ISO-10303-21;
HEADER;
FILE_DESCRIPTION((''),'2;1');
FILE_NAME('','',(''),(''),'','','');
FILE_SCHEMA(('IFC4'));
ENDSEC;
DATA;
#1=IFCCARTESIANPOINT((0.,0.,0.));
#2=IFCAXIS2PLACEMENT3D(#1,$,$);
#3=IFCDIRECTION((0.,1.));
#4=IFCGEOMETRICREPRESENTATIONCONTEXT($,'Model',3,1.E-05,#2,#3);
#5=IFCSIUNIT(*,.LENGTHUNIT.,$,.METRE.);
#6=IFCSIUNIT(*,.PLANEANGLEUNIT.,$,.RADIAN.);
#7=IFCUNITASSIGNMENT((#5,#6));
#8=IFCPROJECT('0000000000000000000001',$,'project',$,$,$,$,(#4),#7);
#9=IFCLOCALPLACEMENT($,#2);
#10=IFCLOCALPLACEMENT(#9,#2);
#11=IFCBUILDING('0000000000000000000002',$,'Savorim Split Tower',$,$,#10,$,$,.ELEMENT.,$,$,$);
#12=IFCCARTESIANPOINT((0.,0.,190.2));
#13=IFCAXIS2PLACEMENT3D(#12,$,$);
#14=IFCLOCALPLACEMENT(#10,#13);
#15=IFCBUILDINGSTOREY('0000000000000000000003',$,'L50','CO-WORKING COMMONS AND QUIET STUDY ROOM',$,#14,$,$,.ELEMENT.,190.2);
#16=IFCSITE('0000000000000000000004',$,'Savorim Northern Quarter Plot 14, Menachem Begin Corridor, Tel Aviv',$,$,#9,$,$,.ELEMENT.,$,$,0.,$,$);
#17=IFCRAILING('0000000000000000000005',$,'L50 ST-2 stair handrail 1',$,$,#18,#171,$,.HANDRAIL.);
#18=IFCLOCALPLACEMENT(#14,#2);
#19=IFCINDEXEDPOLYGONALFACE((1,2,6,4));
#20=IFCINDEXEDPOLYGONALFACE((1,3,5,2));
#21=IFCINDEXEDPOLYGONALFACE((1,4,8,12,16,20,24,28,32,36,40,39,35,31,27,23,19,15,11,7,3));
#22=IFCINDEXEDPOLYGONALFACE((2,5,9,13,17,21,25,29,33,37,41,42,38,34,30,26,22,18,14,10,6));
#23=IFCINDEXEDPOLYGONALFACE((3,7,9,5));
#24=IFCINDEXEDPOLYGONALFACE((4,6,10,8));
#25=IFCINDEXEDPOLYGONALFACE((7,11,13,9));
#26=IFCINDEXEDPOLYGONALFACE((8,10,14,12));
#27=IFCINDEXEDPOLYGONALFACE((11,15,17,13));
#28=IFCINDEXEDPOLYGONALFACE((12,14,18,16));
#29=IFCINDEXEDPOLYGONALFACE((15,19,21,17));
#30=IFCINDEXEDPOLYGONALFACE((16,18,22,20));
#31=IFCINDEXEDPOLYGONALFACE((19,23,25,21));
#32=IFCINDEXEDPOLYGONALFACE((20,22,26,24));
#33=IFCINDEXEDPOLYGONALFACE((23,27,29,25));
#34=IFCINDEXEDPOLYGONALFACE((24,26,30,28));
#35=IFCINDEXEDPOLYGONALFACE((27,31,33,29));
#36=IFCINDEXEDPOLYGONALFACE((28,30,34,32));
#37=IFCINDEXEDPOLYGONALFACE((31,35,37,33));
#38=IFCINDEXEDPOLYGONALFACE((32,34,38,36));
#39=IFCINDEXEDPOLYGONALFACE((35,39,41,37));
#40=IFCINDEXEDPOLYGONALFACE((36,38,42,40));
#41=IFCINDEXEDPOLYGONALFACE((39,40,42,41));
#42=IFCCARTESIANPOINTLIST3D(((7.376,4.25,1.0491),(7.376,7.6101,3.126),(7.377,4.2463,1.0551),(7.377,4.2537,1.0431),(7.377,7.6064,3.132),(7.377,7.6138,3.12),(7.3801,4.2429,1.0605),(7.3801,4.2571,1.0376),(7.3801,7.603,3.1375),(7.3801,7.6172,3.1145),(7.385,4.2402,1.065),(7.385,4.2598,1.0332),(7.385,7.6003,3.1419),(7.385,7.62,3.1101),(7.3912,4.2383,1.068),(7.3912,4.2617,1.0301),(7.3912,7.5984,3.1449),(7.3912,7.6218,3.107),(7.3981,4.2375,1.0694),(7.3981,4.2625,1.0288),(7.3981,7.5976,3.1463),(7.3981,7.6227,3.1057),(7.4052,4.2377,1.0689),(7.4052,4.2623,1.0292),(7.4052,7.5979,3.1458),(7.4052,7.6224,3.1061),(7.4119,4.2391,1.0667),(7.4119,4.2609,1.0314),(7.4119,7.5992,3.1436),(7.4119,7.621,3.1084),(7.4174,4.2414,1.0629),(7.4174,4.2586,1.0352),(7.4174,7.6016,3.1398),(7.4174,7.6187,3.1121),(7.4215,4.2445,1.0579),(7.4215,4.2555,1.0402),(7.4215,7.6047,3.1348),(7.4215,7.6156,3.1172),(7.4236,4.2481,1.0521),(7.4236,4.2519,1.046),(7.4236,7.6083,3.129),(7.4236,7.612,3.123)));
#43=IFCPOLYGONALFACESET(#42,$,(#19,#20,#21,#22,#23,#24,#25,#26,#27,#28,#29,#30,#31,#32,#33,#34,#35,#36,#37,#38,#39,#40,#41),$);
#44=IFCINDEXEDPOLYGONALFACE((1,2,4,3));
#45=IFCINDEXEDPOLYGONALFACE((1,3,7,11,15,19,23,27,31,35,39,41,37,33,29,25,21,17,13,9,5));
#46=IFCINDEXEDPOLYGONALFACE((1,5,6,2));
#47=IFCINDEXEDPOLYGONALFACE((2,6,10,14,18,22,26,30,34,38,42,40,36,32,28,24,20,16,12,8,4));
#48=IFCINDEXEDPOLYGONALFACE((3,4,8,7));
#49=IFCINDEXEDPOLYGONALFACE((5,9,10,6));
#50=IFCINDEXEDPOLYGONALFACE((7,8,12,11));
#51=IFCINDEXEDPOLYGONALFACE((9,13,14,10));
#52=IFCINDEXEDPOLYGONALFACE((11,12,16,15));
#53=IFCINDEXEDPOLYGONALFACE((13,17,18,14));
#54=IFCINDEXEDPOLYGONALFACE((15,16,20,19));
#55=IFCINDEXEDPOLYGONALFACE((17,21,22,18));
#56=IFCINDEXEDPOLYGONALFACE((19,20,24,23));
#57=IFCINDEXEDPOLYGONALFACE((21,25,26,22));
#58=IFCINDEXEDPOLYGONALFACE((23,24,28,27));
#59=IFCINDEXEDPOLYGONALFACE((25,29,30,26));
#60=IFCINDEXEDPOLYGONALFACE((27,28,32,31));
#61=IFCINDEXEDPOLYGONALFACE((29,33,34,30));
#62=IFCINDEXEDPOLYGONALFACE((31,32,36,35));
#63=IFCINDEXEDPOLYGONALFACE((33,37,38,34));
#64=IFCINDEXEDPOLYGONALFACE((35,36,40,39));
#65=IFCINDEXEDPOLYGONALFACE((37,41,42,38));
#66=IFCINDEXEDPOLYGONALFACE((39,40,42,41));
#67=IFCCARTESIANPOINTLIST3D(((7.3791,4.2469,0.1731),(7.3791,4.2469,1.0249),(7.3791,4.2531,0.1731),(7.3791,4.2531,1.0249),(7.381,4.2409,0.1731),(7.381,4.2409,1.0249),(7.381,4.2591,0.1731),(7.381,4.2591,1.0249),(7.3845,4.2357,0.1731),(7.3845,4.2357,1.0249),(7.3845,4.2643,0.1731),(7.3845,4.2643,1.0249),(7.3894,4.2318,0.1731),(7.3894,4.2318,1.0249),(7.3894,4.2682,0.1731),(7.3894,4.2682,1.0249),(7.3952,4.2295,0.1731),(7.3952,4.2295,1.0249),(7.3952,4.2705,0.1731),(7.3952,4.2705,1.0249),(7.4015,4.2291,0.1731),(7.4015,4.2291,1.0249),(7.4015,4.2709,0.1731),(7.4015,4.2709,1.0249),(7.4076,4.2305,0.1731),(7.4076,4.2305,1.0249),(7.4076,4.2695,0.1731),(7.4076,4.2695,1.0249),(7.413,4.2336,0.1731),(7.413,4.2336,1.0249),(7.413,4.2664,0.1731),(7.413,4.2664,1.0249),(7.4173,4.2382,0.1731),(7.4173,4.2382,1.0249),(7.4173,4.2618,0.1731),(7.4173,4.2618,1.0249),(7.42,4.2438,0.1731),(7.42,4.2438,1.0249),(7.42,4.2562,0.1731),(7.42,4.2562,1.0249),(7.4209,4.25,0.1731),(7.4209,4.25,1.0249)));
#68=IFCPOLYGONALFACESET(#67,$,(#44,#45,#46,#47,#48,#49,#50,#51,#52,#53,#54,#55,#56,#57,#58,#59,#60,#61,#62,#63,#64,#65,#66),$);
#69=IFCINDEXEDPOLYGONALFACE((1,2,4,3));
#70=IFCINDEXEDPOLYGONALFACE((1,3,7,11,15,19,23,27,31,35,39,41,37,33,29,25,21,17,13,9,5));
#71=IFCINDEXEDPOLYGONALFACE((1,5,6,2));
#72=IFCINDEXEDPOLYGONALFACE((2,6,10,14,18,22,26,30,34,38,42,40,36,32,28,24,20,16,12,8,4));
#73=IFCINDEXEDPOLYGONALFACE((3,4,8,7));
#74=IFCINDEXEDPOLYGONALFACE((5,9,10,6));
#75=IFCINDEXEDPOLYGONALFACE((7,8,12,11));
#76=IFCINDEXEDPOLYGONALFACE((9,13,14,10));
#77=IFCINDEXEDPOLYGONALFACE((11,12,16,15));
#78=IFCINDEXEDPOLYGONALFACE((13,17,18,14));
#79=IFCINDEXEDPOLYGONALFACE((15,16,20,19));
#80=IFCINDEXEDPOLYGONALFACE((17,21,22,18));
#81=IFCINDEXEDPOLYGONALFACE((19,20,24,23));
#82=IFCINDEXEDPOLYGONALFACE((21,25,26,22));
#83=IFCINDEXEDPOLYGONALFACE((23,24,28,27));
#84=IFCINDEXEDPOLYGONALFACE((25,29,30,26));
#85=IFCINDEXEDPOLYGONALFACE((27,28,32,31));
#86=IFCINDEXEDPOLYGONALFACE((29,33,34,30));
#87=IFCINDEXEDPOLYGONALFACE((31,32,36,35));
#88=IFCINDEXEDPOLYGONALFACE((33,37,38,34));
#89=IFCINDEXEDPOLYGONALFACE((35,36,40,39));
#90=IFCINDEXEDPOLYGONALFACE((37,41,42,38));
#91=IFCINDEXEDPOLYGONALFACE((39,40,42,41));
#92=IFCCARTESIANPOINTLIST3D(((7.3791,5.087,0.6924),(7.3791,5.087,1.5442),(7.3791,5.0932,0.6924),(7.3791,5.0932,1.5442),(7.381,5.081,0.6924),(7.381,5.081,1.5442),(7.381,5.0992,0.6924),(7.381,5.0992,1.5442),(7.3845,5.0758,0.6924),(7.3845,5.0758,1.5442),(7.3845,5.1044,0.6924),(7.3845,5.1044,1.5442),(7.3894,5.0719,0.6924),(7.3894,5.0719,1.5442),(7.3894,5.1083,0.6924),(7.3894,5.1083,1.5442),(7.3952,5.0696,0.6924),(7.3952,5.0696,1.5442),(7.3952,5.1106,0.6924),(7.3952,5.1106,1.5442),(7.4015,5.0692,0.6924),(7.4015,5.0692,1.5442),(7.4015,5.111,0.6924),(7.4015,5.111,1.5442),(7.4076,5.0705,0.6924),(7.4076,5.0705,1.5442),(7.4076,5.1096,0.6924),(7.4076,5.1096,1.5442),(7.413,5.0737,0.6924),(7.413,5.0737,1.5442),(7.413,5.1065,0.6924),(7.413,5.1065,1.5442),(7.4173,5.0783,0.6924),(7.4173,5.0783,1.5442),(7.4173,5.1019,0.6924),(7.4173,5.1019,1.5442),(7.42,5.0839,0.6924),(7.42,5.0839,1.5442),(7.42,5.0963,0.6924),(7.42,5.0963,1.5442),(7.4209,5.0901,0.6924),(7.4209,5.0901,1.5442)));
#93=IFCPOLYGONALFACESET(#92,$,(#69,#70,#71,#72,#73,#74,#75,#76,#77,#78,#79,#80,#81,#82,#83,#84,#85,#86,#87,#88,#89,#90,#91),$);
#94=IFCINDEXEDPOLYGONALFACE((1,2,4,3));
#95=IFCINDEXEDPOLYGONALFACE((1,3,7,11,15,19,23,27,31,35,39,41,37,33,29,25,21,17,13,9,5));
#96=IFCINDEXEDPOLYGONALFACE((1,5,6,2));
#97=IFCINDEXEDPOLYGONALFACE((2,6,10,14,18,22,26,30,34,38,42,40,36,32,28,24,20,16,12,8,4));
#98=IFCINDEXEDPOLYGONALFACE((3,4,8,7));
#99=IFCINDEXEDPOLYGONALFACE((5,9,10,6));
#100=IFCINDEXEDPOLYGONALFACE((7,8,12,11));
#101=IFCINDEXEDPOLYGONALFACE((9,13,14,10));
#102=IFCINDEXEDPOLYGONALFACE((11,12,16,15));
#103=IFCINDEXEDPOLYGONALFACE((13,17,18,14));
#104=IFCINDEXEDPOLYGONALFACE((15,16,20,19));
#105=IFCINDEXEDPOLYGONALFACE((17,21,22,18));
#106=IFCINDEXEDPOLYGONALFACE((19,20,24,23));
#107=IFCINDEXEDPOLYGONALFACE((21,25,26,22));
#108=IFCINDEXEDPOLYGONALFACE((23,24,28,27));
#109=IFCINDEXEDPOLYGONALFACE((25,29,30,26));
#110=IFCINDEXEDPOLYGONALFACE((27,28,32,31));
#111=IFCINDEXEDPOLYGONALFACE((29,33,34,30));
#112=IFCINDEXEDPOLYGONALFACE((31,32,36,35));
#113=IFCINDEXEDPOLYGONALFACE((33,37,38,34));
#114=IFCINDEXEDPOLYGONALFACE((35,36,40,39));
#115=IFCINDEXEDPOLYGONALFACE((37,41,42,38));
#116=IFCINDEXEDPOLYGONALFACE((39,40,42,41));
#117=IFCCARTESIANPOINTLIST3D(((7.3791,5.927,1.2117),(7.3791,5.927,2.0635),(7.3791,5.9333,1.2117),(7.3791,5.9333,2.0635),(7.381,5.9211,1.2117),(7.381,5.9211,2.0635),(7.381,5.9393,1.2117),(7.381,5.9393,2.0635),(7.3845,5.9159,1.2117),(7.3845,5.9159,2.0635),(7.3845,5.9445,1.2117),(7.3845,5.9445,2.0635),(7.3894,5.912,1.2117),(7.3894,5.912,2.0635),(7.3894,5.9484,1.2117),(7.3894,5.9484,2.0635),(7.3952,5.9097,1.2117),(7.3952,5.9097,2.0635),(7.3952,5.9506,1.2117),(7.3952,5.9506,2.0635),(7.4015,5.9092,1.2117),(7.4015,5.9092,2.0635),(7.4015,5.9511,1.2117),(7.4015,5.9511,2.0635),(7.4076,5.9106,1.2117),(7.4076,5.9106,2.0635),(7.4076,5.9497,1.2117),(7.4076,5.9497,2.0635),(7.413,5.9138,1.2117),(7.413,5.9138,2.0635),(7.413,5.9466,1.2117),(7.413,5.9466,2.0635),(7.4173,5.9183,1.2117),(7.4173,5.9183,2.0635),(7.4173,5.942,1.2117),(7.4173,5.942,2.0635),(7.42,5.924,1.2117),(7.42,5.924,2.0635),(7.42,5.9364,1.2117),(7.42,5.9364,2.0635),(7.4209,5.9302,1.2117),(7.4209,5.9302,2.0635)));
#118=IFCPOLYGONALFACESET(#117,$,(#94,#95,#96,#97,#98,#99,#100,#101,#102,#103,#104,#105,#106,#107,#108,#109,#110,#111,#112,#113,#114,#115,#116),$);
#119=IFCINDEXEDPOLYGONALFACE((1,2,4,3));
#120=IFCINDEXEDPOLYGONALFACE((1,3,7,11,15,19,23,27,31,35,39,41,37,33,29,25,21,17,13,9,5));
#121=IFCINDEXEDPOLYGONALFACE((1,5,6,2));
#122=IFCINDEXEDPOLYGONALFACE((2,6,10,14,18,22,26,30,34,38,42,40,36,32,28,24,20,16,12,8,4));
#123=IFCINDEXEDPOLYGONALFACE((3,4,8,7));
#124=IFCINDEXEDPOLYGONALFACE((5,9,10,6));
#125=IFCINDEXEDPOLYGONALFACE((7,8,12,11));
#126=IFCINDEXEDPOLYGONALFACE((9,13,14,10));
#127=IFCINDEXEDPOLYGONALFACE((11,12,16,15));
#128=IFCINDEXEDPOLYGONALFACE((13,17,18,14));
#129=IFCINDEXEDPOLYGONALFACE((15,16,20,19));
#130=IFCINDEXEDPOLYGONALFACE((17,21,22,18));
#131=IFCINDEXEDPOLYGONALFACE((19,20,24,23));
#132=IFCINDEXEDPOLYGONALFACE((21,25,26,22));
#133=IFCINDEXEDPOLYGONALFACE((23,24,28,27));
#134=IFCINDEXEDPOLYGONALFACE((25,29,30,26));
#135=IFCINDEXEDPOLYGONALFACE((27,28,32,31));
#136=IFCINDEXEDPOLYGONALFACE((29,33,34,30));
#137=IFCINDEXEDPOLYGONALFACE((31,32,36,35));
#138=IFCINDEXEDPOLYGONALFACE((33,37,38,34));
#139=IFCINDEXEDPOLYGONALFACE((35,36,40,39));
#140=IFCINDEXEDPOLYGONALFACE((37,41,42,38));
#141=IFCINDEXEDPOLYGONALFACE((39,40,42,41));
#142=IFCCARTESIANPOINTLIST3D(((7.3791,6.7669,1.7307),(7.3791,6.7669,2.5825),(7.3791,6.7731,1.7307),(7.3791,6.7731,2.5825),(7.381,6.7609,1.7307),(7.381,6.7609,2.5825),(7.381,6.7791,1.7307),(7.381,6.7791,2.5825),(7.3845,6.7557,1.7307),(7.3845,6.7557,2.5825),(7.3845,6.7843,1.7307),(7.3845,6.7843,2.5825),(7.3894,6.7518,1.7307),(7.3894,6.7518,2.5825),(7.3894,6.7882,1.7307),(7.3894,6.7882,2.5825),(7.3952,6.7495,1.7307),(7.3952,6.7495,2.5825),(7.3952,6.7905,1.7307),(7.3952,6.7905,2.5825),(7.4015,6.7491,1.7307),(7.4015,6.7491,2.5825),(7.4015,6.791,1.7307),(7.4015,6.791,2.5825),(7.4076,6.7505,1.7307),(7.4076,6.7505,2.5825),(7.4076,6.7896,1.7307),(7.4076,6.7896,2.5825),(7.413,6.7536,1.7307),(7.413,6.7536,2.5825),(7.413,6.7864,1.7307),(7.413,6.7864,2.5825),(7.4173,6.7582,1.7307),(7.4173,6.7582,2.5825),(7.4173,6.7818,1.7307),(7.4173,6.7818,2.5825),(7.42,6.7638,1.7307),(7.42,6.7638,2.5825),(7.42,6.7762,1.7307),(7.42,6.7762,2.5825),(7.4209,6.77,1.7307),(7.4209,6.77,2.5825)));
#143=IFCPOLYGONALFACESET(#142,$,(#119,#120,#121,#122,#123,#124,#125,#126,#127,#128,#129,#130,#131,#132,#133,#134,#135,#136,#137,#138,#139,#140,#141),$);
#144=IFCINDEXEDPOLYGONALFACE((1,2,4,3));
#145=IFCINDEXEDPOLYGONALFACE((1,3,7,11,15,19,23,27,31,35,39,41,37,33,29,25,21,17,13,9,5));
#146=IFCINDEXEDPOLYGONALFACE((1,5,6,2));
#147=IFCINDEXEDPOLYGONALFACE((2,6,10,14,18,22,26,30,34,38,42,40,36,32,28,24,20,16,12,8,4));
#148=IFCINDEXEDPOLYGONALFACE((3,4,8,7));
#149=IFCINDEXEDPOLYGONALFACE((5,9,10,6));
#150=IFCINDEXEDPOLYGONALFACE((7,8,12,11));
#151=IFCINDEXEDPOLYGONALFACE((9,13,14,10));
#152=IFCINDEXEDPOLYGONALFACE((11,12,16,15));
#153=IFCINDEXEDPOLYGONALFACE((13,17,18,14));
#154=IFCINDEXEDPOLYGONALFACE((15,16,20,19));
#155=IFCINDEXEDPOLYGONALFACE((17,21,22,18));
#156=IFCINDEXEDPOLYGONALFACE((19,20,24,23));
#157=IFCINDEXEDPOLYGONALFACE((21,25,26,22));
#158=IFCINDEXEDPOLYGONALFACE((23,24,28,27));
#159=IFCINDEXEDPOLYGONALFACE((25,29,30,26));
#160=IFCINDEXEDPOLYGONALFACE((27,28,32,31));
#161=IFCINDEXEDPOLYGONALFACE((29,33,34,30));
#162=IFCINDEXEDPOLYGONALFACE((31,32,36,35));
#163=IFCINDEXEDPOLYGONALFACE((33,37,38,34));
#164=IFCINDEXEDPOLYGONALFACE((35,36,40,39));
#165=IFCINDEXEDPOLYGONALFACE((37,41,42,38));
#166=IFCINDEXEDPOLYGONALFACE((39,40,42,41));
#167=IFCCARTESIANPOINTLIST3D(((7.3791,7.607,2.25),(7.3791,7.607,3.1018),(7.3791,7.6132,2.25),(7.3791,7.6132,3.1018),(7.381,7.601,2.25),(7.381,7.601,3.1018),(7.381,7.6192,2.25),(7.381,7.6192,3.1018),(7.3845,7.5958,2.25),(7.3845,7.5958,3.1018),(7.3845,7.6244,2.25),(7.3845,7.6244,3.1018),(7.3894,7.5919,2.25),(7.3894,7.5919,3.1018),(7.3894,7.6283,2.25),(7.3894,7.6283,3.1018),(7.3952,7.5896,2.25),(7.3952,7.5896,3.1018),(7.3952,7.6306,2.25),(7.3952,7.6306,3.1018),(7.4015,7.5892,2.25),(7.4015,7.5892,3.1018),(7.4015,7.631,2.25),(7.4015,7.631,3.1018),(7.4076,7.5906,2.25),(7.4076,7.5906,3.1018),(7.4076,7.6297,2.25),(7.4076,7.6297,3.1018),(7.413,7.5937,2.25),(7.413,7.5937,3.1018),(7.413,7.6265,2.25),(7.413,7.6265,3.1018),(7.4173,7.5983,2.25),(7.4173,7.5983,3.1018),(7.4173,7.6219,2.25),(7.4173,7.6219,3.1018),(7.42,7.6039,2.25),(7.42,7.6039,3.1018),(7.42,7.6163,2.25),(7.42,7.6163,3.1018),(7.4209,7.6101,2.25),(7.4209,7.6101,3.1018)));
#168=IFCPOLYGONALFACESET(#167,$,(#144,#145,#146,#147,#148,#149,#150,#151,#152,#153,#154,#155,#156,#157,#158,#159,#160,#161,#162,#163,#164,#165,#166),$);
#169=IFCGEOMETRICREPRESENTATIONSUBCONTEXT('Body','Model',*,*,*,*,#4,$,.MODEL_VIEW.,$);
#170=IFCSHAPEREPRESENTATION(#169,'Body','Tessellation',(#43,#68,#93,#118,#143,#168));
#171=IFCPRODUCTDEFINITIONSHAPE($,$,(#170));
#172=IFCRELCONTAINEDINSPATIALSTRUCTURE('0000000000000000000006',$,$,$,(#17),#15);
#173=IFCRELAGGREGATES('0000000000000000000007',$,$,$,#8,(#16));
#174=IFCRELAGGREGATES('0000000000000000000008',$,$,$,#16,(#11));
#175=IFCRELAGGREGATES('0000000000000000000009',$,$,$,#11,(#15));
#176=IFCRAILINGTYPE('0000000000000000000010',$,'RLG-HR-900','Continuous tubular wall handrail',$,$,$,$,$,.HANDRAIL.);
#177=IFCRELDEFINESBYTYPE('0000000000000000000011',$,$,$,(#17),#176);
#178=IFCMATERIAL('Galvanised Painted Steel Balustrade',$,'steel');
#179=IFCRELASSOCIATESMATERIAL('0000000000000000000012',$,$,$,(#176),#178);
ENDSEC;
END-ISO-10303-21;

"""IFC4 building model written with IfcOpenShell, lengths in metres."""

from ifc_helpers import new_model, si_unit, direction, frame, origin, origin_2d, place, context, subcontext, project, spatial, circle, extrude, material, type_object, element, save


model = new_model("IFC4")

# Units and contexts
model_context = context("Model", 3, precision=1e-05, world=origin(), true_north=direction((0.0, 1.0)))
body_context = subcontext(model_context, "Body", "Model", "MODEL_VIEW")
ifc_project = project(units=[si_unit("LENGTHUNIT", "METRE"), si_unit("PLANEANGLEUNIT", "RADIAN")], contexts=[model_context])

# Site, building, storey
site_placement = place(None, origin())
site = spatial("IfcSite", under=ifc_project, at=site_placement, Name="Savorim Northern Quarter Plot 14, Menachem Begin Corridor, Tel Aviv", CompositionType="ELEMENT", RefElevation=0.0)
building_placement = place(site_placement, origin())
building = spatial("IfcBuilding", under=site, at=building_placement, Name="Savorim Split Tower", CompositionType="ELEMENT")
storey_placement = place(building_placement, frame((0.0, 0.0, 190.2)))
storey = spatial("IfcBuildingStorey", under=building, at=storey_placement, Name="L50", Description="CO-WORKING COMMONS AND QUIET STUDY ROOM", CompositionType="ELEMENT", Elevation=190.2)

# Railing
ifc_material_1 = material(Name="Galvanised Painted Steel Balustrade", Category="steel")
railing_type_1 = type_object("IfcRailingType", Name="RLG-HR-900", Description="Continuous tubular wall handrail", PredefinedType="HANDRAIL", material=ifc_material_1)
railing_1_placement = place(storey_placement, frame((7.3999, 4.25, 0.1731)))
element("IfcRailing", 1, at=railing_1_placement, inside=storey, type_object=railing_type_1, Name="L50 ST-2 stair handrail 1", PredefinedType="HANDRAIL", context=body_context, shape_type="SweptSolid", body=[
    extrude(circle(Radius=0.0239, at=origin_2d()), frame((0.0, 0.0, 0.876), z_axis=(0.0, 0.850623, 0.525776), x_axis=(-1.0, 0.0, 0.0)), (0.0, 0.0, 1.0), 3.9502),
    extrude(circle(Radius=0.021, at=origin_2d()), origin(), (0.0, 0.0, 1.0), 0.8518),
    extrude(circle(Radius=0.021, at=origin_2d()), frame((0.0, 0.8401, 0.5193)), (0.0, 0.0, 1.0), 0.8518),
    extrude(circle(Radius=0.021, at=origin_2d()), frame((0.0, 1.6802, 1.0386)), (0.0, 0.0, 1.0), 0.8518),
    extrude(circle(Radius=0.021, at=origin_2d()), frame((0.0, 2.52, 1.5576)), (0.0, 0.0, 1.0), 0.8518),
    extrude(circle(Radius=0.021, at=origin_2d()), frame((0.0, 3.3601, 2.0769)), (0.0, 0.0, 1.0), 0.8518),
])

save(model, "model.ifc")
